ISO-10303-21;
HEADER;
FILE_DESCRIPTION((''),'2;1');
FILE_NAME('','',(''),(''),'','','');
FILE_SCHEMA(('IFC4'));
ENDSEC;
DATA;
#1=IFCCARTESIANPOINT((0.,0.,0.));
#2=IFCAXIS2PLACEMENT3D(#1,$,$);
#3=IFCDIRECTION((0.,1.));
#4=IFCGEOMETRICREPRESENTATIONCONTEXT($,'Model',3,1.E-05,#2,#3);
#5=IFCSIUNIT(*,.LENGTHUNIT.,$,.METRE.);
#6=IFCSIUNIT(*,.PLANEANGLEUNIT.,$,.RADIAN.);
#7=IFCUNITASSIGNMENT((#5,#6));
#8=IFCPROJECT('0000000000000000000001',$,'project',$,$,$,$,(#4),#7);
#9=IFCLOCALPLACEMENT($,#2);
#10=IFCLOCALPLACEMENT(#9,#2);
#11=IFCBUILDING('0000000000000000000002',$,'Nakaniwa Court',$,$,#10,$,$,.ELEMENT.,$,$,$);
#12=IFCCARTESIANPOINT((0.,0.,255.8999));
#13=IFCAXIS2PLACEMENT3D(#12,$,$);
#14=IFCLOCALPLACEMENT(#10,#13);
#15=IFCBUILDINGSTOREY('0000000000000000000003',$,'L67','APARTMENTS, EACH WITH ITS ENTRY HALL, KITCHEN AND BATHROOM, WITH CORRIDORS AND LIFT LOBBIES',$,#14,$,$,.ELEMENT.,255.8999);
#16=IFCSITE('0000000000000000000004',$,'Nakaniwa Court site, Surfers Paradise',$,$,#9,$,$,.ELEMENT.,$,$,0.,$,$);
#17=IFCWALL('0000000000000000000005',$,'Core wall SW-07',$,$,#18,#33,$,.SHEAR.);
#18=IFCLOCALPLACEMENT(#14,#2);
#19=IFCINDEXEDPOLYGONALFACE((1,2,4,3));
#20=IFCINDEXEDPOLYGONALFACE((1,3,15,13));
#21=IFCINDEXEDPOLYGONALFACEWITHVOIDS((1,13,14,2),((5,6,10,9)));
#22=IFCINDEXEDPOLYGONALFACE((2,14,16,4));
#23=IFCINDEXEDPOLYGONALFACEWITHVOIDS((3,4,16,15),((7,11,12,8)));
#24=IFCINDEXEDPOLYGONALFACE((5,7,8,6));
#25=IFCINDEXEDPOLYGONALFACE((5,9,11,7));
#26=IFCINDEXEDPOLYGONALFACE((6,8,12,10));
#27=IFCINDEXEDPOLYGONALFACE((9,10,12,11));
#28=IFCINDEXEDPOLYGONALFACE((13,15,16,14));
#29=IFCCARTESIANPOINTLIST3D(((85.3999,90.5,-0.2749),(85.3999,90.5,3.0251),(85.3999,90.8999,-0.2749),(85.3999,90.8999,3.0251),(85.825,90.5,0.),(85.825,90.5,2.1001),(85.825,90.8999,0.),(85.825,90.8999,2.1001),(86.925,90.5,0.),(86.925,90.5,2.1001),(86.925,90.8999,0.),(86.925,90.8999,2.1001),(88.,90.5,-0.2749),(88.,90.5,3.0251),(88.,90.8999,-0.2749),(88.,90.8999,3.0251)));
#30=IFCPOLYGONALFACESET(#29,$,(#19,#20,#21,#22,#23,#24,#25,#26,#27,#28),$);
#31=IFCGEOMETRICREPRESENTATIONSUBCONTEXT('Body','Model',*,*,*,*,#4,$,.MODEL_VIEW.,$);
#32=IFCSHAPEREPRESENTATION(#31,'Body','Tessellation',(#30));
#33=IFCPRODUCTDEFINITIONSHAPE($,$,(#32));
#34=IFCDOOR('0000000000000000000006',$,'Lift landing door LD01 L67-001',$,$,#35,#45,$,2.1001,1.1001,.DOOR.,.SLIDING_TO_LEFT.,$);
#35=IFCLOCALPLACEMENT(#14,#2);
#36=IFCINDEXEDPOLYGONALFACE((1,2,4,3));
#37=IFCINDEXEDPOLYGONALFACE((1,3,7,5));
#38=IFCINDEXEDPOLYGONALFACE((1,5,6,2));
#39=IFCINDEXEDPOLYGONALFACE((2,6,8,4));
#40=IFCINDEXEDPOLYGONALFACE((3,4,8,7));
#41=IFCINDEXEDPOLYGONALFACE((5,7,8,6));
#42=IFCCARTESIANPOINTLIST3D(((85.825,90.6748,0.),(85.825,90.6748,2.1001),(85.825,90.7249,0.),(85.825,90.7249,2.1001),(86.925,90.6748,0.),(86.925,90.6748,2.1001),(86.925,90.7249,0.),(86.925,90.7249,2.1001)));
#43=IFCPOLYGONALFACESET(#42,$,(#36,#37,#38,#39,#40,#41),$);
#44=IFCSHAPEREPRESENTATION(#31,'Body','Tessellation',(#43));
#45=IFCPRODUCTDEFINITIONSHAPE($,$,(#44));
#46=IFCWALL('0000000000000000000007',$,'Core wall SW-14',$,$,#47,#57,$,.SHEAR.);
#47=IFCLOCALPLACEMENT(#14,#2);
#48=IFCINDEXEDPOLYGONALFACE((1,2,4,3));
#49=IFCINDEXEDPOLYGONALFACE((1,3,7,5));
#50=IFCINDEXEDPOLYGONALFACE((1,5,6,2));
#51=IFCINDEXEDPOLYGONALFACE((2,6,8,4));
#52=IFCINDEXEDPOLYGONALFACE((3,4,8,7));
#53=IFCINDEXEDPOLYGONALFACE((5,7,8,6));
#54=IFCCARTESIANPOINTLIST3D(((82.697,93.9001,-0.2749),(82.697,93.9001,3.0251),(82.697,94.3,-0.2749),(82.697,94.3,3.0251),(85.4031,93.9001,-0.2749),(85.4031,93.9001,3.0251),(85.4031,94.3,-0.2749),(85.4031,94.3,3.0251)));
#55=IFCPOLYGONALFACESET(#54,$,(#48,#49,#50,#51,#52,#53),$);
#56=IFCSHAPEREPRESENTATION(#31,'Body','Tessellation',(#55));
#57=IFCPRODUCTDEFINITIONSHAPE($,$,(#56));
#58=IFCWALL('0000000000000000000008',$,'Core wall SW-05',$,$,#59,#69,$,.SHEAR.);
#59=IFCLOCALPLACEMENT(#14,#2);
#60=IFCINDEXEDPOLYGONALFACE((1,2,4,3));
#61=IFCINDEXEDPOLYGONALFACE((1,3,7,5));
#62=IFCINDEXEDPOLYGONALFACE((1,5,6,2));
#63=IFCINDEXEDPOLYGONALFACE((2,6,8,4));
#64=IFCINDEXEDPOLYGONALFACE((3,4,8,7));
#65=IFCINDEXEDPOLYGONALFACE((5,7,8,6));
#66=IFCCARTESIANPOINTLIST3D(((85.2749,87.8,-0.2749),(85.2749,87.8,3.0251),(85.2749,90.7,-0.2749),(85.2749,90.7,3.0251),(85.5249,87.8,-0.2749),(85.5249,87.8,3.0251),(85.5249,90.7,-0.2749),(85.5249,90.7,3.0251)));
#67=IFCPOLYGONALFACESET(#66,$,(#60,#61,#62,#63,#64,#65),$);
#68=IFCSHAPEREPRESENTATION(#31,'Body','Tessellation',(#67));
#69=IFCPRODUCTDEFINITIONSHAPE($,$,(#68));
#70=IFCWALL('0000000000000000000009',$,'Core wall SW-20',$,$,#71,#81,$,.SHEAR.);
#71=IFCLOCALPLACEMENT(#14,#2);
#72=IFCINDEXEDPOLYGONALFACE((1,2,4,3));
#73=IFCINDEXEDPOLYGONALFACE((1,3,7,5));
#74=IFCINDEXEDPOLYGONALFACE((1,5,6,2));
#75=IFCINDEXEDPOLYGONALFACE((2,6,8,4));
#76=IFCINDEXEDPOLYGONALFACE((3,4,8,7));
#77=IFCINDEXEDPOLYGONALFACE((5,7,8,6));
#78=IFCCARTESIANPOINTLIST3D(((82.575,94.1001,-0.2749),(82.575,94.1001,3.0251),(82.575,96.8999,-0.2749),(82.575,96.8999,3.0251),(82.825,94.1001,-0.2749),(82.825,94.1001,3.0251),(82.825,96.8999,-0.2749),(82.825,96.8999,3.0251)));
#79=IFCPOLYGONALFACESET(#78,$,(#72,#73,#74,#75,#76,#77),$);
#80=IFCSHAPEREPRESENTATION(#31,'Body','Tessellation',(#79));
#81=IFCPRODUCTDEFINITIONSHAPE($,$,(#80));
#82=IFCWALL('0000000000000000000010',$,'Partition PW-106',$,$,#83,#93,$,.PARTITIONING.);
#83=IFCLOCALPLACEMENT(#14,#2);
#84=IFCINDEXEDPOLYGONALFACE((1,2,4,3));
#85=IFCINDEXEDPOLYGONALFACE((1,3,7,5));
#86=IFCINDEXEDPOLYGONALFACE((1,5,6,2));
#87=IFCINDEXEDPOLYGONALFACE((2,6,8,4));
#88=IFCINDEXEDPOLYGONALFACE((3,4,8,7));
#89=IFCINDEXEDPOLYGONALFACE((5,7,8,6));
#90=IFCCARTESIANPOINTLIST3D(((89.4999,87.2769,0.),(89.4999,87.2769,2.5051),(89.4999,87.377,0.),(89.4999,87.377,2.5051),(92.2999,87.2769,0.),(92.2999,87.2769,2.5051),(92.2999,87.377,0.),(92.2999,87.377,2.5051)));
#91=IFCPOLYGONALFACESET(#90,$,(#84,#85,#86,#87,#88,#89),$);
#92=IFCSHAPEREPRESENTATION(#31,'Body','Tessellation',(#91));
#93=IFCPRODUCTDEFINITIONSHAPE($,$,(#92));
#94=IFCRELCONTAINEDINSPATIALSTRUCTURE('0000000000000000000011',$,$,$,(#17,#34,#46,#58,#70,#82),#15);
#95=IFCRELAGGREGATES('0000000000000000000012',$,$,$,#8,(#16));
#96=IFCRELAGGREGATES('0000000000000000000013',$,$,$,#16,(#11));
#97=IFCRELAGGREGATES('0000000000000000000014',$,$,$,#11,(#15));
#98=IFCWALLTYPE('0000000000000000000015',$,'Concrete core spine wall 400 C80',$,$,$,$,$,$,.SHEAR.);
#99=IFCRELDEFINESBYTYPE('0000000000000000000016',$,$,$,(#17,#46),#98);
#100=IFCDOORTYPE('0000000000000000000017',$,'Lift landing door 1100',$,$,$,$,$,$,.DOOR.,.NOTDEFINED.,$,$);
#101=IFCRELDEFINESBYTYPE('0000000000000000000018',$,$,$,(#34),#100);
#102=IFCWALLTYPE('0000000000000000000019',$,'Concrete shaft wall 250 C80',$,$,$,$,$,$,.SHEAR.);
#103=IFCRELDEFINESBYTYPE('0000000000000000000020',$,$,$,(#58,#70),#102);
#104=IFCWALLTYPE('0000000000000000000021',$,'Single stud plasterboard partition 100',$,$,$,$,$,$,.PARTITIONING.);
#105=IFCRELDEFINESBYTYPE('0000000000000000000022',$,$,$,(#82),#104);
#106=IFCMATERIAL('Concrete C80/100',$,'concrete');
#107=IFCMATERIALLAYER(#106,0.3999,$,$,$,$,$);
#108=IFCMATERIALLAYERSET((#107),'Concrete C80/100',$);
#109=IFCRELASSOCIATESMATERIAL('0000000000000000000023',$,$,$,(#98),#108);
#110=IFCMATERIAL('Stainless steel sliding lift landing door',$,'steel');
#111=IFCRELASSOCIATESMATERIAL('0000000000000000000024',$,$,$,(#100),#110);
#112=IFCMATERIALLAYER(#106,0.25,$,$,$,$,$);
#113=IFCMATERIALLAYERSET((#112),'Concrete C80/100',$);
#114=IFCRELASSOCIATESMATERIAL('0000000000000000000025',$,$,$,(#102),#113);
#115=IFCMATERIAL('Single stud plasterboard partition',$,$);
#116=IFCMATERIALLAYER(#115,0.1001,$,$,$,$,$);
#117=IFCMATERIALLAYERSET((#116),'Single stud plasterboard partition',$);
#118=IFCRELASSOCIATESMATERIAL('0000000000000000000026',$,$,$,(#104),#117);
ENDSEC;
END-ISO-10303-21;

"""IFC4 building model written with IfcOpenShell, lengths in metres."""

from ifc_helpers import new_model, si_unit, direction, frame, frame_2d, origin, place, context, subcontext, project, spatial, rectangle, extrude, material, layer, layer_set, type_object, element, fill, save


model = new_model("IFC4")

# Units and contexts
model_context = context("Model", 3, precision=1e-05, world=origin(), true_north=direction((0.0, 1.0)))
body_context = subcontext(model_context, "Body", "Model", "MODEL_VIEW")
ifc_project = project(units=[si_unit("LENGTHUNIT", "METRE"), si_unit("PLANEANGLEUNIT", "RADIAN")], contexts=[model_context])

# Site, building, storey
site_placement = place(None, origin())
site = spatial("IfcSite", under=ifc_project, at=site_placement, Name="Nakaniwa Court site, Surfers Paradise", CompositionType="ELEMENT", RefElevation=0.0)
building_placement = place(site_placement, origin())
building = spatial("IfcBuilding", under=site, at=building_placement, Name="Nakaniwa Court", CompositionType="ELEMENT")
storey_placement = place(building_placement, frame((0.0, 0.0, 255.8999)))
storey = spatial("IfcBuildingStorey", under=building, at=storey_placement, Name="L67", Description="APARTMENTS, EACH WITH ITS ENTRY HALL, KITCHEN AND BATHROOM, WITH CORRIDORS AND LIFT LOBBIES", CompositionType="ELEMENT", Elevation=255.8999)

# Shared definitions
ifc_material_1 = material(Name="Concrete C80/100", Category="concrete")

# Wall, opening, door
ifc_layer_1 = layer(ifc_material_1, 0.3999)
ifc_layer_set_1 = layer_set([ifc_layer_1], Name="Concrete C80/100")
wall_type_1 = type_object("IfcWallType", Name="Concrete core spine wall 400 C80", PredefinedType="SHEAR", material=ifc_layer_set_1)
wall_1_placement = place(storey_placement, frame((85.3999, 90.7, -0.2749), z_axis=(0.0, 0.0, 1.0), x_axis=(1.0, 0.0, 0.0)))
wall_1 = element("IfcWall", 1, at=wall_1_placement, inside=storey, type_object=wall_type_1, Name="Core wall SW-07", PredefinedType="SHEAR", context=body_context, shape_type="SweptSolid", body=[
    extrude(rectangle(XDim=2.6001, YDim=0.3999, at=frame_2d((1.3, 0.0))), origin(), (0.0, 0.0, 1.0), 3.3),
])
opening_1_placement = place(wall_1_placement, frame((0.425, 0.0, 0.2749)))
opening_1 = element("IfcOpeningElement", 2, at=opening_1_placement, cuts=wall_1, PredefinedType="OPENING", context=body_context, shape_type="SweptSolid", body=[
    extrude(rectangle(XDim=1.1001, YDim=2.1001, at=frame_2d((0.55, 1.05))), frame((0.0, 0.21, 0.0), z_axis=(0.0, -1.0, 0.0), x_axis=(1.0, 0.0, 0.0)), (0.0, 0.0, 1.0), 0.4199),
])
ifc_material_2 = material(Name="Stainless steel sliding lift landing door", Category="steel")
door_type_1 = type_object("IfcDoorType", Name="Lift landing door 1100", OperationType="NOTDEFINED", PredefinedType="DOOR", material=ifc_material_2)
door_1_placement = place(opening_1_placement, origin())
door_1 = element("IfcDoor", 3, at=door_1_placement, inside=storey, type_object=door_type_1, Name="Lift landing door LD01 L67-001", OperationType="SLIDING_TO_LEFT", OverallHeight=2.1001, OverallWidth=1.1001, PredefinedType="DOOR", context=body_context, shape_type="SweptSolid", body=[
    extrude(rectangle(XDim=1.1001, YDim=2.1001, at=frame_2d((0.55, 1.05))), frame((0.0, 0.0249, 0.0), z_axis=(0.0, -1.0, 0.0), x_axis=(1.0, 0.0, 0.0)), (0.0, 0.0, 1.0), 0.05),
])
fill(opening_1, door_1)

# Walls
wall_2_placement = place(storey_placement, frame((82.697, 94.1001, -0.2749), z_axis=(0.0, 0.0, 1.0), x_axis=(1.0, 0.0, 0.0)))
element("IfcWall", 4, at=wall_2_placement, inside=storey, type_object=wall_type_1, Name="Core wall SW-14", PredefinedType="SHEAR", context=body_context, shape_type="SweptSolid", body=[
    extrude(rectangle(XDim=2.7061, YDim=0.3999, at=frame_2d((1.353, 0.0))), origin(), (0.0, 0.0, 1.0), 3.3),
])
ifc_layer_2 = layer(ifc_material_1, 0.25)
ifc_layer_set_2 = layer_set([ifc_layer_2], Name="Concrete C80/100")
wall_type_2 = type_object("IfcWallType", Name="Concrete shaft wall 250 C80", PredefinedType="SHEAR", material=ifc_layer_set_2)
wall_3_placement = place(storey_placement, frame((85.3999, 87.8, -0.2749), z_axis=(0.0, 0.0, 1.0), x_axis=(0.0, 1.0, 0.0)))
element("IfcWall", 5, at=wall_3_placement, inside=storey, type_object=wall_type_2, Name="Core wall SW-05", PredefinedType="SHEAR", context=body_context, shape_type="SweptSolid", body=[
    extrude(rectangle(XDim=2.8999, YDim=0.25, at=frame_2d((1.45, 0.0))), origin(), (0.0, 0.0, 1.0), 3.3),
])
wall_4_placement = place(storey_placement, frame((82.7, 94.1001, -0.2749), z_axis=(0.0, 0.0, 1.0), x_axis=(0.0, 1.0, 0.0)))
element("IfcWall", 6, at=wall_4_placement, inside=storey, type_object=wall_type_2, Name="Core wall SW-20", PredefinedType="SHEAR", context=body_context, shape_type="SweptSolid", body=[
    extrude(rectangle(XDim=2.7998, YDim=0.25, at=frame_2d((1.3999, 0.0))), origin(), (0.0, 0.0, 1.0), 3.3),
])
ifc_material_3 = material(Name="Single stud plasterboard partition")
ifc_layer_3 = layer(ifc_material_3, 0.1001)
ifc_layer_set_3 = layer_set([ifc_layer_3], Name="Single stud plasterboard partition")
wall_type_3 = type_object("IfcWallType", Name="Single stud plasterboard partition 100", PredefinedType="PARTITIONING", material=ifc_layer_set_3)
wall_5_placement = place(storey_placement, frame((89.5, 87.3269, 0.0), z_axis=(0.0, 0.0, 1.0), x_axis=(1.0, 0.0, 0.0)))
element("IfcWall", 7, at=wall_5_placement, inside=storey, type_object=wall_type_3, Name="Partition PW-106", PredefinedType="PARTITIONING", context=body_context, shape_type="SweptSolid", body=[
    extrude(rectangle(XDim=2.8, YDim=0.1001, at=frame_2d((1.3999, 0.0))), origin(), (0.0, 0.0, 1.0), 2.5051),
])

save(model, "model.ifc")
